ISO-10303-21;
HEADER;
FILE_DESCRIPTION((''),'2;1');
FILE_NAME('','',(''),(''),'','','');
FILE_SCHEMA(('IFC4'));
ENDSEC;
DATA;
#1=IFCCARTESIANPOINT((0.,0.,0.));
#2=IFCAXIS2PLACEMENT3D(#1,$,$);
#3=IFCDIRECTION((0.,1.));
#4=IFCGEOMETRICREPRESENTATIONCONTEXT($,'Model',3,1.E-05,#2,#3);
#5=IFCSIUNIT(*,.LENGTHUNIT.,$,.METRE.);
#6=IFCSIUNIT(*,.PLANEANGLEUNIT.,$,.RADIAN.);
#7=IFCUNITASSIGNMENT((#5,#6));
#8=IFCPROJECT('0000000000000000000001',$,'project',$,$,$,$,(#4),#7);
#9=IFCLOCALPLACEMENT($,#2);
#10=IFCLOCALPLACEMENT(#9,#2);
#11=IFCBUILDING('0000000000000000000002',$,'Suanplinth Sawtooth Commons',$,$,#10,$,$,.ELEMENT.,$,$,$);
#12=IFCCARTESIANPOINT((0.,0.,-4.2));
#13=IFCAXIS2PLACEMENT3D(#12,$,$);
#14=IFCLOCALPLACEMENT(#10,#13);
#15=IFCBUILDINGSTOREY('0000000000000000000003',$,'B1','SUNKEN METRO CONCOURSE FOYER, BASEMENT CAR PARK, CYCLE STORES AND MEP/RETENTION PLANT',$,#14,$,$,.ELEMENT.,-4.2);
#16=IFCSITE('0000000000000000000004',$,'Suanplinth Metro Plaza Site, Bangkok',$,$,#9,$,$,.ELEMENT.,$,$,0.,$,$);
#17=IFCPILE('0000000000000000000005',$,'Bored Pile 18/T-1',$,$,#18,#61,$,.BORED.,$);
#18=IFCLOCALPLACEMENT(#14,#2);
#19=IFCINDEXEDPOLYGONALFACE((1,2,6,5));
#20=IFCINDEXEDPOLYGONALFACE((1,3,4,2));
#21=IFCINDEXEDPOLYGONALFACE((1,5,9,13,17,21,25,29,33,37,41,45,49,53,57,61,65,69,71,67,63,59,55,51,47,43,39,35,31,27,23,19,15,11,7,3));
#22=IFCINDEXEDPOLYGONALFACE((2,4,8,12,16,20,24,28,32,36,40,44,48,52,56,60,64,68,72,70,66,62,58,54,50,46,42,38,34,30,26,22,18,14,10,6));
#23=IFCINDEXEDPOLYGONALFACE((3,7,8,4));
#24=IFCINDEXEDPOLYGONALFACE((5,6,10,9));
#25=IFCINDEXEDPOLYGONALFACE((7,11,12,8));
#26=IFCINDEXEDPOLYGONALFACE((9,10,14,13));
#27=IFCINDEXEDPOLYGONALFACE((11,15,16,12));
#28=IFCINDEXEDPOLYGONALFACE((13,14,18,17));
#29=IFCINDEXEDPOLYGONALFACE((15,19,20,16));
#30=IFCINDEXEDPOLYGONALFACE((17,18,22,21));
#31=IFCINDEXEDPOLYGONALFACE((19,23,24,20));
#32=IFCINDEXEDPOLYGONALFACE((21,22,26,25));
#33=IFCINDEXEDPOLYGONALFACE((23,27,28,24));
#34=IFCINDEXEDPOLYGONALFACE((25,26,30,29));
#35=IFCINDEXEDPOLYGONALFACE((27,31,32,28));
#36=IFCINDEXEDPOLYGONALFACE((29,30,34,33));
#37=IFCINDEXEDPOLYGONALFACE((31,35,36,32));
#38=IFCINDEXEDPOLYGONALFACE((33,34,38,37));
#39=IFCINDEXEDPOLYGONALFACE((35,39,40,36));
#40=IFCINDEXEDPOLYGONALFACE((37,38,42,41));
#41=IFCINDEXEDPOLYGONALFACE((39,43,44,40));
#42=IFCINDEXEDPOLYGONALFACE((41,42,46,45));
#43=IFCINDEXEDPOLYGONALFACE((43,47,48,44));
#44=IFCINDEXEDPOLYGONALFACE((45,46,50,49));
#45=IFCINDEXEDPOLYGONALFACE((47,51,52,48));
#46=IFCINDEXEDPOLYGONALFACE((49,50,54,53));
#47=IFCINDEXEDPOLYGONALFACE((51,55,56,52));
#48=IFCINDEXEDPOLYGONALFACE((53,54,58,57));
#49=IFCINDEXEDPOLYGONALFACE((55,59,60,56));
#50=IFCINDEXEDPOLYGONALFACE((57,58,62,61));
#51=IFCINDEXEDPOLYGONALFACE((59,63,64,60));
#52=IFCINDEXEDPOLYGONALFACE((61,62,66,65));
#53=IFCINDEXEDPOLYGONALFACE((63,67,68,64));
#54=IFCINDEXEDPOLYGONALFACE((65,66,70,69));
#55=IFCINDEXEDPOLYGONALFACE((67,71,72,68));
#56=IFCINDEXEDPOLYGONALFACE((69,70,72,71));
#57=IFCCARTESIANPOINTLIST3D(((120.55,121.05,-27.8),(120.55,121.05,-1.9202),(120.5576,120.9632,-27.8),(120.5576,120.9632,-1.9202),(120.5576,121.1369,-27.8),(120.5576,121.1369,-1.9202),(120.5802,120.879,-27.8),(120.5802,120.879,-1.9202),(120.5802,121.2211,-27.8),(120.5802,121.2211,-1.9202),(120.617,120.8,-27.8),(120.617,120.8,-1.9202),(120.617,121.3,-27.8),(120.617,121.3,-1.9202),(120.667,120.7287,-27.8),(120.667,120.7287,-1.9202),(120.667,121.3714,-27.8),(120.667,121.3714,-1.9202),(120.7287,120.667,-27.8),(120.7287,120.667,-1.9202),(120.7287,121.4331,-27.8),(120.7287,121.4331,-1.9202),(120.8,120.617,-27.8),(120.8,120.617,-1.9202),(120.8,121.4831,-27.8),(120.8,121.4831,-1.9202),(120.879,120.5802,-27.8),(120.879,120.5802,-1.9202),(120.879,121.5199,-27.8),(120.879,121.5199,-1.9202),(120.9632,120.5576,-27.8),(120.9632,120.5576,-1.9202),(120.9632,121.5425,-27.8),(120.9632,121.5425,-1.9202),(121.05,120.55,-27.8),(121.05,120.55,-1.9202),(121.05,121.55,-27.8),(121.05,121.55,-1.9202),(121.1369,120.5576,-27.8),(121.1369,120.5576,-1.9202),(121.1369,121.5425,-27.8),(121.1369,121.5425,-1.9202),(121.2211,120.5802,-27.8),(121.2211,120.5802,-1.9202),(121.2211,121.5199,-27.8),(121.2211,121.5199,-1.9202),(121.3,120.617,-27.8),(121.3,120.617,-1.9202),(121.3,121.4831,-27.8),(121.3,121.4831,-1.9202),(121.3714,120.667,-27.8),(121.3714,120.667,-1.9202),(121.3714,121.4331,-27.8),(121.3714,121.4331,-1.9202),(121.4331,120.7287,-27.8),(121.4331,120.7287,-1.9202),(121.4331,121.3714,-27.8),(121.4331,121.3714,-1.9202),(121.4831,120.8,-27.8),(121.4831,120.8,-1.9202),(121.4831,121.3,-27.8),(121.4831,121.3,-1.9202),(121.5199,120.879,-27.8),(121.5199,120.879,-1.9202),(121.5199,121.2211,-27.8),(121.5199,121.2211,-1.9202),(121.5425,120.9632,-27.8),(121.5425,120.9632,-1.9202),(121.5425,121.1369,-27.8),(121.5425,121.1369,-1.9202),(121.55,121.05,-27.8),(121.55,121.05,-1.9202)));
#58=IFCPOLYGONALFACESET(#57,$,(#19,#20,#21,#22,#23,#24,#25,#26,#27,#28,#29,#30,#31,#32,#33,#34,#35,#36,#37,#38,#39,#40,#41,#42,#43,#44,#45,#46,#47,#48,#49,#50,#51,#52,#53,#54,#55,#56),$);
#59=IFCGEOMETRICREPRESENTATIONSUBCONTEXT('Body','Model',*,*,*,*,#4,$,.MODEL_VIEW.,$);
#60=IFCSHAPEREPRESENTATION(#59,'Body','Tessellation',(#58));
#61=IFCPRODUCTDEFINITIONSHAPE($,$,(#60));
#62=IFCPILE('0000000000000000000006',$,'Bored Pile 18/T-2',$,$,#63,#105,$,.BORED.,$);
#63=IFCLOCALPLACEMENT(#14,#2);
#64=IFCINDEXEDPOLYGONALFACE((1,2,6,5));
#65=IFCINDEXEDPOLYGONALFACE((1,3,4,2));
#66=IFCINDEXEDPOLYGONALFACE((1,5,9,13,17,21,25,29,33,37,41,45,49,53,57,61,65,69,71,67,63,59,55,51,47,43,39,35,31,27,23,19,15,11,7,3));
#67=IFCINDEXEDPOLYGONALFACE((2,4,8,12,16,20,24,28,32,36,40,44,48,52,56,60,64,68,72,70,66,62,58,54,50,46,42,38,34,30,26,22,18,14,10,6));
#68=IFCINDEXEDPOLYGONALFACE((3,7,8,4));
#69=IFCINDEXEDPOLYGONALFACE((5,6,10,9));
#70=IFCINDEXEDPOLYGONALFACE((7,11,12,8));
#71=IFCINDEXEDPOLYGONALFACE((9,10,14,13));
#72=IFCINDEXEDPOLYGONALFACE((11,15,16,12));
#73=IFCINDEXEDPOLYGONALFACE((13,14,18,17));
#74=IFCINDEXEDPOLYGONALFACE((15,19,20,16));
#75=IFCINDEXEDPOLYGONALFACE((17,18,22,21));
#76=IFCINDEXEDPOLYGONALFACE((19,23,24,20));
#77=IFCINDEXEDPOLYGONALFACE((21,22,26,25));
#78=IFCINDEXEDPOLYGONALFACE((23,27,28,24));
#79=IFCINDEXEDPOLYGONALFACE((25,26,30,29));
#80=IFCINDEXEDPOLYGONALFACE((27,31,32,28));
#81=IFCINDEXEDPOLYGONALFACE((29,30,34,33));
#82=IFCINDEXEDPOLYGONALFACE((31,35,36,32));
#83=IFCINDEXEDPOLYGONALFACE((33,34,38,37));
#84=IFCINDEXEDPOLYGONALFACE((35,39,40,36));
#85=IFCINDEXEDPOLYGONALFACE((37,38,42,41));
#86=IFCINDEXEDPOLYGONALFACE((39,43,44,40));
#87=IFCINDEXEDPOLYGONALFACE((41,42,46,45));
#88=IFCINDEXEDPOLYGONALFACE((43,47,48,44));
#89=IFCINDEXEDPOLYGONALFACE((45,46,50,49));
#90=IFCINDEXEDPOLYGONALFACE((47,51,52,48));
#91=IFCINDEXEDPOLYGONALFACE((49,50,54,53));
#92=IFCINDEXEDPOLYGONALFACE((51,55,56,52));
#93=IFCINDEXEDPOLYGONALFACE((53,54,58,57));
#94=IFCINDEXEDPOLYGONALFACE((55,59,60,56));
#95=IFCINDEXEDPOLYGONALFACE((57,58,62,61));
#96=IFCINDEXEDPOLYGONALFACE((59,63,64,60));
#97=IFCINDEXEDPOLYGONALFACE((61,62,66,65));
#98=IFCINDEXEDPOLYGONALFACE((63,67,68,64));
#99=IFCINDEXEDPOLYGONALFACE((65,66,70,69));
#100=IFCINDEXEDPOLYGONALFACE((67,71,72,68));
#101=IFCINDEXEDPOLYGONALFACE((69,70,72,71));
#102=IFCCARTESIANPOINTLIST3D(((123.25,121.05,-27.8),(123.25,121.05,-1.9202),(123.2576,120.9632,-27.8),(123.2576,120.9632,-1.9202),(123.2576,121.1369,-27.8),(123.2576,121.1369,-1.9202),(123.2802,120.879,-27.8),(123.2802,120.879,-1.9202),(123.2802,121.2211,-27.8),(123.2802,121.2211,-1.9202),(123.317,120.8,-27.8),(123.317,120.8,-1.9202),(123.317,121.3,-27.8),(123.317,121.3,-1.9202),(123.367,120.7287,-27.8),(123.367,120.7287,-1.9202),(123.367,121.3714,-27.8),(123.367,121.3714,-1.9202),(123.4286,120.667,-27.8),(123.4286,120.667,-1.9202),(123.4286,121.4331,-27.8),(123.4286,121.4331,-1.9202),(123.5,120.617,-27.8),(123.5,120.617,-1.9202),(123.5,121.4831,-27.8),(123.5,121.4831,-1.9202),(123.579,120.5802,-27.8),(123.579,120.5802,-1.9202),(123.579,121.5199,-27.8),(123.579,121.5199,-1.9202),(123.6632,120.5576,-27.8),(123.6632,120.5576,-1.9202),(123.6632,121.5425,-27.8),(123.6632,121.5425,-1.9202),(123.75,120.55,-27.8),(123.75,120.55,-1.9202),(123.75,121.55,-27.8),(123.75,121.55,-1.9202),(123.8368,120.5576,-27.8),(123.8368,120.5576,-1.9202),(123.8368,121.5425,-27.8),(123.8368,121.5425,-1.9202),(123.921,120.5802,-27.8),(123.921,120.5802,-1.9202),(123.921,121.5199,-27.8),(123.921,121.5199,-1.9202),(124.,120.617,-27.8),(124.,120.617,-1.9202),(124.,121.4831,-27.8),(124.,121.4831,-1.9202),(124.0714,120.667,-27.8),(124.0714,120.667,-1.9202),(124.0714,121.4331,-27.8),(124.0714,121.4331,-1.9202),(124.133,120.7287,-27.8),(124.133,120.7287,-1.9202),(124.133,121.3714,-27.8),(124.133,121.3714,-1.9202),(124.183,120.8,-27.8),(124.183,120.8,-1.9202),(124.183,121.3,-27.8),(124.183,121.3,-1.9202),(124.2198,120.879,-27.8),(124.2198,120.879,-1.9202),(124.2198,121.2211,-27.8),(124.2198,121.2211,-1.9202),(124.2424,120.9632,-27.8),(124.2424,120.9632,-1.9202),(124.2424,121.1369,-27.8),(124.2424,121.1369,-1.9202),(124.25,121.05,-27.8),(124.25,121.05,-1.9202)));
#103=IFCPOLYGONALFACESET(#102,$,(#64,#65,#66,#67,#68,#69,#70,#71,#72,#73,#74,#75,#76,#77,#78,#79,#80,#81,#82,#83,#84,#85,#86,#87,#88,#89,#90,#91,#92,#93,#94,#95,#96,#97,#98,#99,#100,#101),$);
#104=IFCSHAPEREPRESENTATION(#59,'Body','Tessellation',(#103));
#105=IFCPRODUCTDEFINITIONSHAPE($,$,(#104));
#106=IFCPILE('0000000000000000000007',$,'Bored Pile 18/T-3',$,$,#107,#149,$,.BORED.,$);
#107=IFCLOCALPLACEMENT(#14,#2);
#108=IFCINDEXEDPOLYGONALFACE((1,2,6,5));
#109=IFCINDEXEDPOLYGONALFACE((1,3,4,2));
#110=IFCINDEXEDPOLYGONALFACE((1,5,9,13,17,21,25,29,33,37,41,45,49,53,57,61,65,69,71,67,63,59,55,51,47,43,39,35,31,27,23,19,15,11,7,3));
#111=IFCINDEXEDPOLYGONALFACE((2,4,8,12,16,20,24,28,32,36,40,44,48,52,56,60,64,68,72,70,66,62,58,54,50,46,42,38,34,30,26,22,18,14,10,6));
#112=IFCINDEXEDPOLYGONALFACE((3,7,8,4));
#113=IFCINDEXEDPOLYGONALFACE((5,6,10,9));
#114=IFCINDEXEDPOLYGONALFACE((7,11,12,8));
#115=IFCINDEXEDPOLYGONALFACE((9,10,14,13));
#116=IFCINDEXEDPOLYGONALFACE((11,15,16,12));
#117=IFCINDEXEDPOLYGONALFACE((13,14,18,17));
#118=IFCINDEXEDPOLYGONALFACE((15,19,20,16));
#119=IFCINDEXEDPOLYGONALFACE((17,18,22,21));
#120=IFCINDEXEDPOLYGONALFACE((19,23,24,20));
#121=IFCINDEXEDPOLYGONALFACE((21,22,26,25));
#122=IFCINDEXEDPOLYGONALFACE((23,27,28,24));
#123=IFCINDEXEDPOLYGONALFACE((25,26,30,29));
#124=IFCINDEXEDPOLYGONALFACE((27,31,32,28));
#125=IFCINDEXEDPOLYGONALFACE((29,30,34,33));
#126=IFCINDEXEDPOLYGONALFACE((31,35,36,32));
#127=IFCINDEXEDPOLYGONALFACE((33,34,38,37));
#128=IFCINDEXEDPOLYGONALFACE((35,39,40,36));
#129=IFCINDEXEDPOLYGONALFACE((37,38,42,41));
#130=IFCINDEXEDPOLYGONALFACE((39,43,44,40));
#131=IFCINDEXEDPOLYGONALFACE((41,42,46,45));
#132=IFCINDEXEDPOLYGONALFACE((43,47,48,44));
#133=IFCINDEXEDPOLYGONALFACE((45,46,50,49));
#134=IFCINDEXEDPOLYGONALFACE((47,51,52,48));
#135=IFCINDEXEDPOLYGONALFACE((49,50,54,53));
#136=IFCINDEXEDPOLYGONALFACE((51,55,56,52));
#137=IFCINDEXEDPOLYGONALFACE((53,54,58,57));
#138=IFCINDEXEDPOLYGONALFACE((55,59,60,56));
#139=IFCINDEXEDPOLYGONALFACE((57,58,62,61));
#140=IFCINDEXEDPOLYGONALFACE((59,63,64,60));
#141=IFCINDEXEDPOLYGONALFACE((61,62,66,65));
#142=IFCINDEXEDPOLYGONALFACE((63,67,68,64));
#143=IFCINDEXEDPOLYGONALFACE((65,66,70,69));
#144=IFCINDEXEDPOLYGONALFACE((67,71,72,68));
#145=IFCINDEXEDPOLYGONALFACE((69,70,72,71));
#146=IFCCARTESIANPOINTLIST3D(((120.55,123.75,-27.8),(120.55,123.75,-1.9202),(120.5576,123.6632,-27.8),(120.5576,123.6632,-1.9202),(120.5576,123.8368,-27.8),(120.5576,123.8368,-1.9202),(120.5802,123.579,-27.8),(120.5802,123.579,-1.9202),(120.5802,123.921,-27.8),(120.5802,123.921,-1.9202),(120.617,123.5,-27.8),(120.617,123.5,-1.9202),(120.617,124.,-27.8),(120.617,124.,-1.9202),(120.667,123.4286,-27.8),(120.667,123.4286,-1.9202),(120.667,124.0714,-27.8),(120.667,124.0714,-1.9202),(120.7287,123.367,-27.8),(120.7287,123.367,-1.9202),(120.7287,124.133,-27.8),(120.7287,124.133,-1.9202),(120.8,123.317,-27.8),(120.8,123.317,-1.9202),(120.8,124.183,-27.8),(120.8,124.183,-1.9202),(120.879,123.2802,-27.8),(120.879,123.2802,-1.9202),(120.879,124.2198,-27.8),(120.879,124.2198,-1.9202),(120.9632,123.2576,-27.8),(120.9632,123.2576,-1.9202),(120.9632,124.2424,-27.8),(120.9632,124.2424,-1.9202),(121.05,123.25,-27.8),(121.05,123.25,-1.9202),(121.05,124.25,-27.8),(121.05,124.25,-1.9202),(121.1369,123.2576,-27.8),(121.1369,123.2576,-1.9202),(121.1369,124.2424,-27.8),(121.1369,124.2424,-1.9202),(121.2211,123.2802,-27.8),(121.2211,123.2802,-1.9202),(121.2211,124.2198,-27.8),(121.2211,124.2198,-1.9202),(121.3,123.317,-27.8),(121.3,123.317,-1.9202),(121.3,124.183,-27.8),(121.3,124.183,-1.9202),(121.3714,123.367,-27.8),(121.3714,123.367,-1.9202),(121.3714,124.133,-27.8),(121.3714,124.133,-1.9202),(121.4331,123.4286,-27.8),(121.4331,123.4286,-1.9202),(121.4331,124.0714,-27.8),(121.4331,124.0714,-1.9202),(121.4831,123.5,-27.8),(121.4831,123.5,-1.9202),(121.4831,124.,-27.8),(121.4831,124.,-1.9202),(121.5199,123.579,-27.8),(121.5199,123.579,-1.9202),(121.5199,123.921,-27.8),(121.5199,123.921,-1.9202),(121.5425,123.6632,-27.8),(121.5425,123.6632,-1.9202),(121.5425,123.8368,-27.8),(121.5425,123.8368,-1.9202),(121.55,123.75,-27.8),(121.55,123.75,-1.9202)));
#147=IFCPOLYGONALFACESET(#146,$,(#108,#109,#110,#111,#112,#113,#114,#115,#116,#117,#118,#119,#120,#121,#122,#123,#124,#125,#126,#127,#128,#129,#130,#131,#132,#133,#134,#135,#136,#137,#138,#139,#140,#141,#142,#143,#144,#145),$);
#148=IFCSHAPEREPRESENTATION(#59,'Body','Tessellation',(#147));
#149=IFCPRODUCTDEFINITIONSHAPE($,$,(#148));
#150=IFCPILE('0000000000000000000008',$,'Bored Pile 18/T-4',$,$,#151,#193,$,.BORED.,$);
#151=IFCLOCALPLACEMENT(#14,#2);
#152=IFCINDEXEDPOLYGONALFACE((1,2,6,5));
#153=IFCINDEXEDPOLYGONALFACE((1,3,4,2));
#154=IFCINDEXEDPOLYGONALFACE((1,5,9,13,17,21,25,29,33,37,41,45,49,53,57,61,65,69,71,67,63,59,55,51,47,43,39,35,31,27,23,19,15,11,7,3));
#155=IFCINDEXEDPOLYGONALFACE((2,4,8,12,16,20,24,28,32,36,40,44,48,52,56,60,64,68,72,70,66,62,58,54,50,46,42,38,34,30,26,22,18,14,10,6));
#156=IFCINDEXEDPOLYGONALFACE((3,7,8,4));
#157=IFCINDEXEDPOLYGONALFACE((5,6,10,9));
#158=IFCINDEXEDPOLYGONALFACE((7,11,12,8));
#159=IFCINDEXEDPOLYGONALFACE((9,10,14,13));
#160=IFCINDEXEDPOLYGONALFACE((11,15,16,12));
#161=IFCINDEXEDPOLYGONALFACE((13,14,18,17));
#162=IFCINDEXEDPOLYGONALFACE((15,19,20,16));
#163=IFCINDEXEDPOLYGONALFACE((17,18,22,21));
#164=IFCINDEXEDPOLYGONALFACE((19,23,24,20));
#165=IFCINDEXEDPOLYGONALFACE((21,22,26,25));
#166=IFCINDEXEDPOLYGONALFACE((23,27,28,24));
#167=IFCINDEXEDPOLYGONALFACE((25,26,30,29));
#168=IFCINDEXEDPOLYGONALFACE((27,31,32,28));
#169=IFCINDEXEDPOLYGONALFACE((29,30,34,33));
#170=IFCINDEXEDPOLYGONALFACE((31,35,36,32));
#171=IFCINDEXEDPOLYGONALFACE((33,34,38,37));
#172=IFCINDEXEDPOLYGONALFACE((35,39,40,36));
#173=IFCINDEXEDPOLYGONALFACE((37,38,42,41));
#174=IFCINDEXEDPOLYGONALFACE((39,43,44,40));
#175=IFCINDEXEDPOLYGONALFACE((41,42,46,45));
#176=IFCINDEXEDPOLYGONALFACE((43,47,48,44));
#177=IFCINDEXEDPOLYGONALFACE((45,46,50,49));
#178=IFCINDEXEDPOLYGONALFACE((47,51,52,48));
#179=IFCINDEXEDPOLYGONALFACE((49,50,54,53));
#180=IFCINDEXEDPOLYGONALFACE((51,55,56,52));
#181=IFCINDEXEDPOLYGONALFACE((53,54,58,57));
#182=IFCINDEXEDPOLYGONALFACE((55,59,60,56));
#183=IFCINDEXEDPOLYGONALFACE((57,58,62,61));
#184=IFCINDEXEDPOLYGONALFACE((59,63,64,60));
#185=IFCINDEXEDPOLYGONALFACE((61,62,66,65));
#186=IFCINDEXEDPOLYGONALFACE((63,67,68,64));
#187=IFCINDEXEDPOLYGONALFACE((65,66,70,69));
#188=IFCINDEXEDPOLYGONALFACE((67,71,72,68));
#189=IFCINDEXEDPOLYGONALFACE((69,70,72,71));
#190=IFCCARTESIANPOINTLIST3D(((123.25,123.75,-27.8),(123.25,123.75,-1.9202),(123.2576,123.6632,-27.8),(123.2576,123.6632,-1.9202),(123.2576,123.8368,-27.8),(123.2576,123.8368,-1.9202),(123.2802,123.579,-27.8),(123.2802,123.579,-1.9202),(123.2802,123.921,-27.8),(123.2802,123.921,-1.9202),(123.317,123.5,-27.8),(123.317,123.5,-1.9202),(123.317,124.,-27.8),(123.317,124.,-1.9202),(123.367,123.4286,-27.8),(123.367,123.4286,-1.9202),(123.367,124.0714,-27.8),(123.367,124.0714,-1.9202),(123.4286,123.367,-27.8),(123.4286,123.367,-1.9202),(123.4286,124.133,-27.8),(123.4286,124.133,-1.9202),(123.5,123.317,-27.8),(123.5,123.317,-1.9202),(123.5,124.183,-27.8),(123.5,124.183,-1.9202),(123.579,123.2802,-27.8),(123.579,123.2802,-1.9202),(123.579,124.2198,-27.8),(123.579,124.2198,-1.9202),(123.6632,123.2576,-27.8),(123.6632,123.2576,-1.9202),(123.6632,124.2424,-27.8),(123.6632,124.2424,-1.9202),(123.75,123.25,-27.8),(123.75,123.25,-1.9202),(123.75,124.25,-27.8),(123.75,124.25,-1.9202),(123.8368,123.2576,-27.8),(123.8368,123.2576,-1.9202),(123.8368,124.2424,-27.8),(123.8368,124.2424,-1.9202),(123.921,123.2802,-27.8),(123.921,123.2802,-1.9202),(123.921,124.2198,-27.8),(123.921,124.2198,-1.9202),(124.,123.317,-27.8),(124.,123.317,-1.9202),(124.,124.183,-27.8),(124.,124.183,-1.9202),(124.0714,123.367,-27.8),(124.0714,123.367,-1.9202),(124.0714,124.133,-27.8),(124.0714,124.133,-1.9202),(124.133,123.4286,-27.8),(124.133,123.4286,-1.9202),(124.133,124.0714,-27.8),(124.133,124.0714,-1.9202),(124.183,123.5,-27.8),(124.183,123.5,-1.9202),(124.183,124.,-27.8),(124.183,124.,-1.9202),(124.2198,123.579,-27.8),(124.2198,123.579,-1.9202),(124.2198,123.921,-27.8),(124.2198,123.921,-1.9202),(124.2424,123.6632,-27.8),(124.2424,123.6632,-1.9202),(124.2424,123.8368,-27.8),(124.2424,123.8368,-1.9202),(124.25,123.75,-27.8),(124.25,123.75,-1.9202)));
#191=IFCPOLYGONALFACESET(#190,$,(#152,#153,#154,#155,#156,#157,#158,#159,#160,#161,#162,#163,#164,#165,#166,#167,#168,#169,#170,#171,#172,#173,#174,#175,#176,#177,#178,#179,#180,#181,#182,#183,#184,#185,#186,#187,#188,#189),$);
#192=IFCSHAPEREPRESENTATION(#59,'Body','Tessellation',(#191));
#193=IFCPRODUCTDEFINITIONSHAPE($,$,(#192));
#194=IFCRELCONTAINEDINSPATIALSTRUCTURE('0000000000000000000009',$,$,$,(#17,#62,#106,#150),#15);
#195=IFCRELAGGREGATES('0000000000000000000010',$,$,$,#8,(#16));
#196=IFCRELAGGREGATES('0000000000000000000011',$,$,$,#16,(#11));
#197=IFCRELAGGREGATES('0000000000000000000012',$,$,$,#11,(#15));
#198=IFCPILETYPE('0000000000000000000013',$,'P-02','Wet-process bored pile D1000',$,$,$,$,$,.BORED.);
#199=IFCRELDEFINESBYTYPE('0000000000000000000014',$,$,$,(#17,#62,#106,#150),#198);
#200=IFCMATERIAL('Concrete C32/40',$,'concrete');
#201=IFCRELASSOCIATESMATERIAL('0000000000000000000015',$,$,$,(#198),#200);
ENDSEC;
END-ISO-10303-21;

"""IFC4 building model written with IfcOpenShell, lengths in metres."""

from ifc_helpers import new_model, si_unit, direction, frame, origin, origin_2d, place, context, subcontext, project, spatial, circle, extrude, material, material_profile, profile_set, type_object, element, save


model = new_model("IFC4")

# Units and contexts
model_context = context("Model", 3, precision=1e-05, world=origin(), true_north=direction((0.0, 1.0)))
body_context = subcontext(model_context, "Body", "Model", "MODEL_VIEW")
ifc_project = project(units=[si_unit("LENGTHUNIT", "METRE"), si_unit("PLANEANGLEUNIT", "RADIAN")], contexts=[model_context])

# Site, building, storey
site_placement = place(None, origin())
site = spatial("IfcSite", under=ifc_project, at=site_placement, Name="Suanplinth Metro Plaza Site, Bangkok", CompositionType="ELEMENT", RefElevation=0.0)
building_placement = place(site_placement, origin())
building = spatial("IfcBuilding", under=site, at=building_placement, Name="Suanplinth Sawtooth Commons", CompositionType="ELEMENT")
storey_placement = place(building_placement, frame((0.0, 0.0, -4.2)))
storey = spatial("IfcBuildingStorey", under=building, at=storey_placement, Name="B1", Description="SUNKEN METRO CONCOURSE FOYER, BASEMENT CAR PARK, CYCLE STORES AND MEP/RETENTION PLANT", CompositionType="ELEMENT", Elevation=-4.2)

# Piles
ifc_material_1 = material(Name="Concrete C32/40", Category="concrete")
ifc_material_profile_1 = material_profile(ifc_material_1, circle(Radius=0.5, at=origin_2d()), Name="PILE D1000")
ifc_profile_set_1 = profile_set([ifc_material_profile_1], Name="Concrete C32/40")
pile_type = type_object("IfcPileType", Name="P-02", Description="Wet-process bored pile D1000", PredefinedType="BORED", material=ifc_profile_set_1)
for number, where, z_axis, x_axis, name in (
    (1, (121.05, 121.05, -1.9202), (0.0, 0.0, -1.0), (1.0, 0.0, 0.0), "Bored Pile 18/T-1"),
    (2, (123.75, 121.05, -1.9202), (0.0, 0.0, -1.0), (1.0, 0.0, 0.0), "Bored Pile 18/T-2"),
    (3, (121.05, 123.75, -1.9202), (0.0, 0.0, -1.0), (1.0, 0.0, 0.0), "Bored Pile 18/T-3"),
    (4, (123.75, 123.75, -1.9202), (0.0, 0.0, -1.0), (1.0, 0.0, 0.0), "Bored Pile 18/T-4"),
):
    element("IfcPile", number, at=place(storey_placement, frame(where, z_axis=z_axis, x_axis=x_axis)), inside=storey, type_object=pile_type, Name=name, PredefinedType="BORED", context=body_context, shape_type="SweptSolid", body=[
        extrude(circle(Radius=0.5, at=origin_2d()), origin(), (0.0, 0.0, 1.0), 25.8799),
    ])

save(model, "model.ifc")
